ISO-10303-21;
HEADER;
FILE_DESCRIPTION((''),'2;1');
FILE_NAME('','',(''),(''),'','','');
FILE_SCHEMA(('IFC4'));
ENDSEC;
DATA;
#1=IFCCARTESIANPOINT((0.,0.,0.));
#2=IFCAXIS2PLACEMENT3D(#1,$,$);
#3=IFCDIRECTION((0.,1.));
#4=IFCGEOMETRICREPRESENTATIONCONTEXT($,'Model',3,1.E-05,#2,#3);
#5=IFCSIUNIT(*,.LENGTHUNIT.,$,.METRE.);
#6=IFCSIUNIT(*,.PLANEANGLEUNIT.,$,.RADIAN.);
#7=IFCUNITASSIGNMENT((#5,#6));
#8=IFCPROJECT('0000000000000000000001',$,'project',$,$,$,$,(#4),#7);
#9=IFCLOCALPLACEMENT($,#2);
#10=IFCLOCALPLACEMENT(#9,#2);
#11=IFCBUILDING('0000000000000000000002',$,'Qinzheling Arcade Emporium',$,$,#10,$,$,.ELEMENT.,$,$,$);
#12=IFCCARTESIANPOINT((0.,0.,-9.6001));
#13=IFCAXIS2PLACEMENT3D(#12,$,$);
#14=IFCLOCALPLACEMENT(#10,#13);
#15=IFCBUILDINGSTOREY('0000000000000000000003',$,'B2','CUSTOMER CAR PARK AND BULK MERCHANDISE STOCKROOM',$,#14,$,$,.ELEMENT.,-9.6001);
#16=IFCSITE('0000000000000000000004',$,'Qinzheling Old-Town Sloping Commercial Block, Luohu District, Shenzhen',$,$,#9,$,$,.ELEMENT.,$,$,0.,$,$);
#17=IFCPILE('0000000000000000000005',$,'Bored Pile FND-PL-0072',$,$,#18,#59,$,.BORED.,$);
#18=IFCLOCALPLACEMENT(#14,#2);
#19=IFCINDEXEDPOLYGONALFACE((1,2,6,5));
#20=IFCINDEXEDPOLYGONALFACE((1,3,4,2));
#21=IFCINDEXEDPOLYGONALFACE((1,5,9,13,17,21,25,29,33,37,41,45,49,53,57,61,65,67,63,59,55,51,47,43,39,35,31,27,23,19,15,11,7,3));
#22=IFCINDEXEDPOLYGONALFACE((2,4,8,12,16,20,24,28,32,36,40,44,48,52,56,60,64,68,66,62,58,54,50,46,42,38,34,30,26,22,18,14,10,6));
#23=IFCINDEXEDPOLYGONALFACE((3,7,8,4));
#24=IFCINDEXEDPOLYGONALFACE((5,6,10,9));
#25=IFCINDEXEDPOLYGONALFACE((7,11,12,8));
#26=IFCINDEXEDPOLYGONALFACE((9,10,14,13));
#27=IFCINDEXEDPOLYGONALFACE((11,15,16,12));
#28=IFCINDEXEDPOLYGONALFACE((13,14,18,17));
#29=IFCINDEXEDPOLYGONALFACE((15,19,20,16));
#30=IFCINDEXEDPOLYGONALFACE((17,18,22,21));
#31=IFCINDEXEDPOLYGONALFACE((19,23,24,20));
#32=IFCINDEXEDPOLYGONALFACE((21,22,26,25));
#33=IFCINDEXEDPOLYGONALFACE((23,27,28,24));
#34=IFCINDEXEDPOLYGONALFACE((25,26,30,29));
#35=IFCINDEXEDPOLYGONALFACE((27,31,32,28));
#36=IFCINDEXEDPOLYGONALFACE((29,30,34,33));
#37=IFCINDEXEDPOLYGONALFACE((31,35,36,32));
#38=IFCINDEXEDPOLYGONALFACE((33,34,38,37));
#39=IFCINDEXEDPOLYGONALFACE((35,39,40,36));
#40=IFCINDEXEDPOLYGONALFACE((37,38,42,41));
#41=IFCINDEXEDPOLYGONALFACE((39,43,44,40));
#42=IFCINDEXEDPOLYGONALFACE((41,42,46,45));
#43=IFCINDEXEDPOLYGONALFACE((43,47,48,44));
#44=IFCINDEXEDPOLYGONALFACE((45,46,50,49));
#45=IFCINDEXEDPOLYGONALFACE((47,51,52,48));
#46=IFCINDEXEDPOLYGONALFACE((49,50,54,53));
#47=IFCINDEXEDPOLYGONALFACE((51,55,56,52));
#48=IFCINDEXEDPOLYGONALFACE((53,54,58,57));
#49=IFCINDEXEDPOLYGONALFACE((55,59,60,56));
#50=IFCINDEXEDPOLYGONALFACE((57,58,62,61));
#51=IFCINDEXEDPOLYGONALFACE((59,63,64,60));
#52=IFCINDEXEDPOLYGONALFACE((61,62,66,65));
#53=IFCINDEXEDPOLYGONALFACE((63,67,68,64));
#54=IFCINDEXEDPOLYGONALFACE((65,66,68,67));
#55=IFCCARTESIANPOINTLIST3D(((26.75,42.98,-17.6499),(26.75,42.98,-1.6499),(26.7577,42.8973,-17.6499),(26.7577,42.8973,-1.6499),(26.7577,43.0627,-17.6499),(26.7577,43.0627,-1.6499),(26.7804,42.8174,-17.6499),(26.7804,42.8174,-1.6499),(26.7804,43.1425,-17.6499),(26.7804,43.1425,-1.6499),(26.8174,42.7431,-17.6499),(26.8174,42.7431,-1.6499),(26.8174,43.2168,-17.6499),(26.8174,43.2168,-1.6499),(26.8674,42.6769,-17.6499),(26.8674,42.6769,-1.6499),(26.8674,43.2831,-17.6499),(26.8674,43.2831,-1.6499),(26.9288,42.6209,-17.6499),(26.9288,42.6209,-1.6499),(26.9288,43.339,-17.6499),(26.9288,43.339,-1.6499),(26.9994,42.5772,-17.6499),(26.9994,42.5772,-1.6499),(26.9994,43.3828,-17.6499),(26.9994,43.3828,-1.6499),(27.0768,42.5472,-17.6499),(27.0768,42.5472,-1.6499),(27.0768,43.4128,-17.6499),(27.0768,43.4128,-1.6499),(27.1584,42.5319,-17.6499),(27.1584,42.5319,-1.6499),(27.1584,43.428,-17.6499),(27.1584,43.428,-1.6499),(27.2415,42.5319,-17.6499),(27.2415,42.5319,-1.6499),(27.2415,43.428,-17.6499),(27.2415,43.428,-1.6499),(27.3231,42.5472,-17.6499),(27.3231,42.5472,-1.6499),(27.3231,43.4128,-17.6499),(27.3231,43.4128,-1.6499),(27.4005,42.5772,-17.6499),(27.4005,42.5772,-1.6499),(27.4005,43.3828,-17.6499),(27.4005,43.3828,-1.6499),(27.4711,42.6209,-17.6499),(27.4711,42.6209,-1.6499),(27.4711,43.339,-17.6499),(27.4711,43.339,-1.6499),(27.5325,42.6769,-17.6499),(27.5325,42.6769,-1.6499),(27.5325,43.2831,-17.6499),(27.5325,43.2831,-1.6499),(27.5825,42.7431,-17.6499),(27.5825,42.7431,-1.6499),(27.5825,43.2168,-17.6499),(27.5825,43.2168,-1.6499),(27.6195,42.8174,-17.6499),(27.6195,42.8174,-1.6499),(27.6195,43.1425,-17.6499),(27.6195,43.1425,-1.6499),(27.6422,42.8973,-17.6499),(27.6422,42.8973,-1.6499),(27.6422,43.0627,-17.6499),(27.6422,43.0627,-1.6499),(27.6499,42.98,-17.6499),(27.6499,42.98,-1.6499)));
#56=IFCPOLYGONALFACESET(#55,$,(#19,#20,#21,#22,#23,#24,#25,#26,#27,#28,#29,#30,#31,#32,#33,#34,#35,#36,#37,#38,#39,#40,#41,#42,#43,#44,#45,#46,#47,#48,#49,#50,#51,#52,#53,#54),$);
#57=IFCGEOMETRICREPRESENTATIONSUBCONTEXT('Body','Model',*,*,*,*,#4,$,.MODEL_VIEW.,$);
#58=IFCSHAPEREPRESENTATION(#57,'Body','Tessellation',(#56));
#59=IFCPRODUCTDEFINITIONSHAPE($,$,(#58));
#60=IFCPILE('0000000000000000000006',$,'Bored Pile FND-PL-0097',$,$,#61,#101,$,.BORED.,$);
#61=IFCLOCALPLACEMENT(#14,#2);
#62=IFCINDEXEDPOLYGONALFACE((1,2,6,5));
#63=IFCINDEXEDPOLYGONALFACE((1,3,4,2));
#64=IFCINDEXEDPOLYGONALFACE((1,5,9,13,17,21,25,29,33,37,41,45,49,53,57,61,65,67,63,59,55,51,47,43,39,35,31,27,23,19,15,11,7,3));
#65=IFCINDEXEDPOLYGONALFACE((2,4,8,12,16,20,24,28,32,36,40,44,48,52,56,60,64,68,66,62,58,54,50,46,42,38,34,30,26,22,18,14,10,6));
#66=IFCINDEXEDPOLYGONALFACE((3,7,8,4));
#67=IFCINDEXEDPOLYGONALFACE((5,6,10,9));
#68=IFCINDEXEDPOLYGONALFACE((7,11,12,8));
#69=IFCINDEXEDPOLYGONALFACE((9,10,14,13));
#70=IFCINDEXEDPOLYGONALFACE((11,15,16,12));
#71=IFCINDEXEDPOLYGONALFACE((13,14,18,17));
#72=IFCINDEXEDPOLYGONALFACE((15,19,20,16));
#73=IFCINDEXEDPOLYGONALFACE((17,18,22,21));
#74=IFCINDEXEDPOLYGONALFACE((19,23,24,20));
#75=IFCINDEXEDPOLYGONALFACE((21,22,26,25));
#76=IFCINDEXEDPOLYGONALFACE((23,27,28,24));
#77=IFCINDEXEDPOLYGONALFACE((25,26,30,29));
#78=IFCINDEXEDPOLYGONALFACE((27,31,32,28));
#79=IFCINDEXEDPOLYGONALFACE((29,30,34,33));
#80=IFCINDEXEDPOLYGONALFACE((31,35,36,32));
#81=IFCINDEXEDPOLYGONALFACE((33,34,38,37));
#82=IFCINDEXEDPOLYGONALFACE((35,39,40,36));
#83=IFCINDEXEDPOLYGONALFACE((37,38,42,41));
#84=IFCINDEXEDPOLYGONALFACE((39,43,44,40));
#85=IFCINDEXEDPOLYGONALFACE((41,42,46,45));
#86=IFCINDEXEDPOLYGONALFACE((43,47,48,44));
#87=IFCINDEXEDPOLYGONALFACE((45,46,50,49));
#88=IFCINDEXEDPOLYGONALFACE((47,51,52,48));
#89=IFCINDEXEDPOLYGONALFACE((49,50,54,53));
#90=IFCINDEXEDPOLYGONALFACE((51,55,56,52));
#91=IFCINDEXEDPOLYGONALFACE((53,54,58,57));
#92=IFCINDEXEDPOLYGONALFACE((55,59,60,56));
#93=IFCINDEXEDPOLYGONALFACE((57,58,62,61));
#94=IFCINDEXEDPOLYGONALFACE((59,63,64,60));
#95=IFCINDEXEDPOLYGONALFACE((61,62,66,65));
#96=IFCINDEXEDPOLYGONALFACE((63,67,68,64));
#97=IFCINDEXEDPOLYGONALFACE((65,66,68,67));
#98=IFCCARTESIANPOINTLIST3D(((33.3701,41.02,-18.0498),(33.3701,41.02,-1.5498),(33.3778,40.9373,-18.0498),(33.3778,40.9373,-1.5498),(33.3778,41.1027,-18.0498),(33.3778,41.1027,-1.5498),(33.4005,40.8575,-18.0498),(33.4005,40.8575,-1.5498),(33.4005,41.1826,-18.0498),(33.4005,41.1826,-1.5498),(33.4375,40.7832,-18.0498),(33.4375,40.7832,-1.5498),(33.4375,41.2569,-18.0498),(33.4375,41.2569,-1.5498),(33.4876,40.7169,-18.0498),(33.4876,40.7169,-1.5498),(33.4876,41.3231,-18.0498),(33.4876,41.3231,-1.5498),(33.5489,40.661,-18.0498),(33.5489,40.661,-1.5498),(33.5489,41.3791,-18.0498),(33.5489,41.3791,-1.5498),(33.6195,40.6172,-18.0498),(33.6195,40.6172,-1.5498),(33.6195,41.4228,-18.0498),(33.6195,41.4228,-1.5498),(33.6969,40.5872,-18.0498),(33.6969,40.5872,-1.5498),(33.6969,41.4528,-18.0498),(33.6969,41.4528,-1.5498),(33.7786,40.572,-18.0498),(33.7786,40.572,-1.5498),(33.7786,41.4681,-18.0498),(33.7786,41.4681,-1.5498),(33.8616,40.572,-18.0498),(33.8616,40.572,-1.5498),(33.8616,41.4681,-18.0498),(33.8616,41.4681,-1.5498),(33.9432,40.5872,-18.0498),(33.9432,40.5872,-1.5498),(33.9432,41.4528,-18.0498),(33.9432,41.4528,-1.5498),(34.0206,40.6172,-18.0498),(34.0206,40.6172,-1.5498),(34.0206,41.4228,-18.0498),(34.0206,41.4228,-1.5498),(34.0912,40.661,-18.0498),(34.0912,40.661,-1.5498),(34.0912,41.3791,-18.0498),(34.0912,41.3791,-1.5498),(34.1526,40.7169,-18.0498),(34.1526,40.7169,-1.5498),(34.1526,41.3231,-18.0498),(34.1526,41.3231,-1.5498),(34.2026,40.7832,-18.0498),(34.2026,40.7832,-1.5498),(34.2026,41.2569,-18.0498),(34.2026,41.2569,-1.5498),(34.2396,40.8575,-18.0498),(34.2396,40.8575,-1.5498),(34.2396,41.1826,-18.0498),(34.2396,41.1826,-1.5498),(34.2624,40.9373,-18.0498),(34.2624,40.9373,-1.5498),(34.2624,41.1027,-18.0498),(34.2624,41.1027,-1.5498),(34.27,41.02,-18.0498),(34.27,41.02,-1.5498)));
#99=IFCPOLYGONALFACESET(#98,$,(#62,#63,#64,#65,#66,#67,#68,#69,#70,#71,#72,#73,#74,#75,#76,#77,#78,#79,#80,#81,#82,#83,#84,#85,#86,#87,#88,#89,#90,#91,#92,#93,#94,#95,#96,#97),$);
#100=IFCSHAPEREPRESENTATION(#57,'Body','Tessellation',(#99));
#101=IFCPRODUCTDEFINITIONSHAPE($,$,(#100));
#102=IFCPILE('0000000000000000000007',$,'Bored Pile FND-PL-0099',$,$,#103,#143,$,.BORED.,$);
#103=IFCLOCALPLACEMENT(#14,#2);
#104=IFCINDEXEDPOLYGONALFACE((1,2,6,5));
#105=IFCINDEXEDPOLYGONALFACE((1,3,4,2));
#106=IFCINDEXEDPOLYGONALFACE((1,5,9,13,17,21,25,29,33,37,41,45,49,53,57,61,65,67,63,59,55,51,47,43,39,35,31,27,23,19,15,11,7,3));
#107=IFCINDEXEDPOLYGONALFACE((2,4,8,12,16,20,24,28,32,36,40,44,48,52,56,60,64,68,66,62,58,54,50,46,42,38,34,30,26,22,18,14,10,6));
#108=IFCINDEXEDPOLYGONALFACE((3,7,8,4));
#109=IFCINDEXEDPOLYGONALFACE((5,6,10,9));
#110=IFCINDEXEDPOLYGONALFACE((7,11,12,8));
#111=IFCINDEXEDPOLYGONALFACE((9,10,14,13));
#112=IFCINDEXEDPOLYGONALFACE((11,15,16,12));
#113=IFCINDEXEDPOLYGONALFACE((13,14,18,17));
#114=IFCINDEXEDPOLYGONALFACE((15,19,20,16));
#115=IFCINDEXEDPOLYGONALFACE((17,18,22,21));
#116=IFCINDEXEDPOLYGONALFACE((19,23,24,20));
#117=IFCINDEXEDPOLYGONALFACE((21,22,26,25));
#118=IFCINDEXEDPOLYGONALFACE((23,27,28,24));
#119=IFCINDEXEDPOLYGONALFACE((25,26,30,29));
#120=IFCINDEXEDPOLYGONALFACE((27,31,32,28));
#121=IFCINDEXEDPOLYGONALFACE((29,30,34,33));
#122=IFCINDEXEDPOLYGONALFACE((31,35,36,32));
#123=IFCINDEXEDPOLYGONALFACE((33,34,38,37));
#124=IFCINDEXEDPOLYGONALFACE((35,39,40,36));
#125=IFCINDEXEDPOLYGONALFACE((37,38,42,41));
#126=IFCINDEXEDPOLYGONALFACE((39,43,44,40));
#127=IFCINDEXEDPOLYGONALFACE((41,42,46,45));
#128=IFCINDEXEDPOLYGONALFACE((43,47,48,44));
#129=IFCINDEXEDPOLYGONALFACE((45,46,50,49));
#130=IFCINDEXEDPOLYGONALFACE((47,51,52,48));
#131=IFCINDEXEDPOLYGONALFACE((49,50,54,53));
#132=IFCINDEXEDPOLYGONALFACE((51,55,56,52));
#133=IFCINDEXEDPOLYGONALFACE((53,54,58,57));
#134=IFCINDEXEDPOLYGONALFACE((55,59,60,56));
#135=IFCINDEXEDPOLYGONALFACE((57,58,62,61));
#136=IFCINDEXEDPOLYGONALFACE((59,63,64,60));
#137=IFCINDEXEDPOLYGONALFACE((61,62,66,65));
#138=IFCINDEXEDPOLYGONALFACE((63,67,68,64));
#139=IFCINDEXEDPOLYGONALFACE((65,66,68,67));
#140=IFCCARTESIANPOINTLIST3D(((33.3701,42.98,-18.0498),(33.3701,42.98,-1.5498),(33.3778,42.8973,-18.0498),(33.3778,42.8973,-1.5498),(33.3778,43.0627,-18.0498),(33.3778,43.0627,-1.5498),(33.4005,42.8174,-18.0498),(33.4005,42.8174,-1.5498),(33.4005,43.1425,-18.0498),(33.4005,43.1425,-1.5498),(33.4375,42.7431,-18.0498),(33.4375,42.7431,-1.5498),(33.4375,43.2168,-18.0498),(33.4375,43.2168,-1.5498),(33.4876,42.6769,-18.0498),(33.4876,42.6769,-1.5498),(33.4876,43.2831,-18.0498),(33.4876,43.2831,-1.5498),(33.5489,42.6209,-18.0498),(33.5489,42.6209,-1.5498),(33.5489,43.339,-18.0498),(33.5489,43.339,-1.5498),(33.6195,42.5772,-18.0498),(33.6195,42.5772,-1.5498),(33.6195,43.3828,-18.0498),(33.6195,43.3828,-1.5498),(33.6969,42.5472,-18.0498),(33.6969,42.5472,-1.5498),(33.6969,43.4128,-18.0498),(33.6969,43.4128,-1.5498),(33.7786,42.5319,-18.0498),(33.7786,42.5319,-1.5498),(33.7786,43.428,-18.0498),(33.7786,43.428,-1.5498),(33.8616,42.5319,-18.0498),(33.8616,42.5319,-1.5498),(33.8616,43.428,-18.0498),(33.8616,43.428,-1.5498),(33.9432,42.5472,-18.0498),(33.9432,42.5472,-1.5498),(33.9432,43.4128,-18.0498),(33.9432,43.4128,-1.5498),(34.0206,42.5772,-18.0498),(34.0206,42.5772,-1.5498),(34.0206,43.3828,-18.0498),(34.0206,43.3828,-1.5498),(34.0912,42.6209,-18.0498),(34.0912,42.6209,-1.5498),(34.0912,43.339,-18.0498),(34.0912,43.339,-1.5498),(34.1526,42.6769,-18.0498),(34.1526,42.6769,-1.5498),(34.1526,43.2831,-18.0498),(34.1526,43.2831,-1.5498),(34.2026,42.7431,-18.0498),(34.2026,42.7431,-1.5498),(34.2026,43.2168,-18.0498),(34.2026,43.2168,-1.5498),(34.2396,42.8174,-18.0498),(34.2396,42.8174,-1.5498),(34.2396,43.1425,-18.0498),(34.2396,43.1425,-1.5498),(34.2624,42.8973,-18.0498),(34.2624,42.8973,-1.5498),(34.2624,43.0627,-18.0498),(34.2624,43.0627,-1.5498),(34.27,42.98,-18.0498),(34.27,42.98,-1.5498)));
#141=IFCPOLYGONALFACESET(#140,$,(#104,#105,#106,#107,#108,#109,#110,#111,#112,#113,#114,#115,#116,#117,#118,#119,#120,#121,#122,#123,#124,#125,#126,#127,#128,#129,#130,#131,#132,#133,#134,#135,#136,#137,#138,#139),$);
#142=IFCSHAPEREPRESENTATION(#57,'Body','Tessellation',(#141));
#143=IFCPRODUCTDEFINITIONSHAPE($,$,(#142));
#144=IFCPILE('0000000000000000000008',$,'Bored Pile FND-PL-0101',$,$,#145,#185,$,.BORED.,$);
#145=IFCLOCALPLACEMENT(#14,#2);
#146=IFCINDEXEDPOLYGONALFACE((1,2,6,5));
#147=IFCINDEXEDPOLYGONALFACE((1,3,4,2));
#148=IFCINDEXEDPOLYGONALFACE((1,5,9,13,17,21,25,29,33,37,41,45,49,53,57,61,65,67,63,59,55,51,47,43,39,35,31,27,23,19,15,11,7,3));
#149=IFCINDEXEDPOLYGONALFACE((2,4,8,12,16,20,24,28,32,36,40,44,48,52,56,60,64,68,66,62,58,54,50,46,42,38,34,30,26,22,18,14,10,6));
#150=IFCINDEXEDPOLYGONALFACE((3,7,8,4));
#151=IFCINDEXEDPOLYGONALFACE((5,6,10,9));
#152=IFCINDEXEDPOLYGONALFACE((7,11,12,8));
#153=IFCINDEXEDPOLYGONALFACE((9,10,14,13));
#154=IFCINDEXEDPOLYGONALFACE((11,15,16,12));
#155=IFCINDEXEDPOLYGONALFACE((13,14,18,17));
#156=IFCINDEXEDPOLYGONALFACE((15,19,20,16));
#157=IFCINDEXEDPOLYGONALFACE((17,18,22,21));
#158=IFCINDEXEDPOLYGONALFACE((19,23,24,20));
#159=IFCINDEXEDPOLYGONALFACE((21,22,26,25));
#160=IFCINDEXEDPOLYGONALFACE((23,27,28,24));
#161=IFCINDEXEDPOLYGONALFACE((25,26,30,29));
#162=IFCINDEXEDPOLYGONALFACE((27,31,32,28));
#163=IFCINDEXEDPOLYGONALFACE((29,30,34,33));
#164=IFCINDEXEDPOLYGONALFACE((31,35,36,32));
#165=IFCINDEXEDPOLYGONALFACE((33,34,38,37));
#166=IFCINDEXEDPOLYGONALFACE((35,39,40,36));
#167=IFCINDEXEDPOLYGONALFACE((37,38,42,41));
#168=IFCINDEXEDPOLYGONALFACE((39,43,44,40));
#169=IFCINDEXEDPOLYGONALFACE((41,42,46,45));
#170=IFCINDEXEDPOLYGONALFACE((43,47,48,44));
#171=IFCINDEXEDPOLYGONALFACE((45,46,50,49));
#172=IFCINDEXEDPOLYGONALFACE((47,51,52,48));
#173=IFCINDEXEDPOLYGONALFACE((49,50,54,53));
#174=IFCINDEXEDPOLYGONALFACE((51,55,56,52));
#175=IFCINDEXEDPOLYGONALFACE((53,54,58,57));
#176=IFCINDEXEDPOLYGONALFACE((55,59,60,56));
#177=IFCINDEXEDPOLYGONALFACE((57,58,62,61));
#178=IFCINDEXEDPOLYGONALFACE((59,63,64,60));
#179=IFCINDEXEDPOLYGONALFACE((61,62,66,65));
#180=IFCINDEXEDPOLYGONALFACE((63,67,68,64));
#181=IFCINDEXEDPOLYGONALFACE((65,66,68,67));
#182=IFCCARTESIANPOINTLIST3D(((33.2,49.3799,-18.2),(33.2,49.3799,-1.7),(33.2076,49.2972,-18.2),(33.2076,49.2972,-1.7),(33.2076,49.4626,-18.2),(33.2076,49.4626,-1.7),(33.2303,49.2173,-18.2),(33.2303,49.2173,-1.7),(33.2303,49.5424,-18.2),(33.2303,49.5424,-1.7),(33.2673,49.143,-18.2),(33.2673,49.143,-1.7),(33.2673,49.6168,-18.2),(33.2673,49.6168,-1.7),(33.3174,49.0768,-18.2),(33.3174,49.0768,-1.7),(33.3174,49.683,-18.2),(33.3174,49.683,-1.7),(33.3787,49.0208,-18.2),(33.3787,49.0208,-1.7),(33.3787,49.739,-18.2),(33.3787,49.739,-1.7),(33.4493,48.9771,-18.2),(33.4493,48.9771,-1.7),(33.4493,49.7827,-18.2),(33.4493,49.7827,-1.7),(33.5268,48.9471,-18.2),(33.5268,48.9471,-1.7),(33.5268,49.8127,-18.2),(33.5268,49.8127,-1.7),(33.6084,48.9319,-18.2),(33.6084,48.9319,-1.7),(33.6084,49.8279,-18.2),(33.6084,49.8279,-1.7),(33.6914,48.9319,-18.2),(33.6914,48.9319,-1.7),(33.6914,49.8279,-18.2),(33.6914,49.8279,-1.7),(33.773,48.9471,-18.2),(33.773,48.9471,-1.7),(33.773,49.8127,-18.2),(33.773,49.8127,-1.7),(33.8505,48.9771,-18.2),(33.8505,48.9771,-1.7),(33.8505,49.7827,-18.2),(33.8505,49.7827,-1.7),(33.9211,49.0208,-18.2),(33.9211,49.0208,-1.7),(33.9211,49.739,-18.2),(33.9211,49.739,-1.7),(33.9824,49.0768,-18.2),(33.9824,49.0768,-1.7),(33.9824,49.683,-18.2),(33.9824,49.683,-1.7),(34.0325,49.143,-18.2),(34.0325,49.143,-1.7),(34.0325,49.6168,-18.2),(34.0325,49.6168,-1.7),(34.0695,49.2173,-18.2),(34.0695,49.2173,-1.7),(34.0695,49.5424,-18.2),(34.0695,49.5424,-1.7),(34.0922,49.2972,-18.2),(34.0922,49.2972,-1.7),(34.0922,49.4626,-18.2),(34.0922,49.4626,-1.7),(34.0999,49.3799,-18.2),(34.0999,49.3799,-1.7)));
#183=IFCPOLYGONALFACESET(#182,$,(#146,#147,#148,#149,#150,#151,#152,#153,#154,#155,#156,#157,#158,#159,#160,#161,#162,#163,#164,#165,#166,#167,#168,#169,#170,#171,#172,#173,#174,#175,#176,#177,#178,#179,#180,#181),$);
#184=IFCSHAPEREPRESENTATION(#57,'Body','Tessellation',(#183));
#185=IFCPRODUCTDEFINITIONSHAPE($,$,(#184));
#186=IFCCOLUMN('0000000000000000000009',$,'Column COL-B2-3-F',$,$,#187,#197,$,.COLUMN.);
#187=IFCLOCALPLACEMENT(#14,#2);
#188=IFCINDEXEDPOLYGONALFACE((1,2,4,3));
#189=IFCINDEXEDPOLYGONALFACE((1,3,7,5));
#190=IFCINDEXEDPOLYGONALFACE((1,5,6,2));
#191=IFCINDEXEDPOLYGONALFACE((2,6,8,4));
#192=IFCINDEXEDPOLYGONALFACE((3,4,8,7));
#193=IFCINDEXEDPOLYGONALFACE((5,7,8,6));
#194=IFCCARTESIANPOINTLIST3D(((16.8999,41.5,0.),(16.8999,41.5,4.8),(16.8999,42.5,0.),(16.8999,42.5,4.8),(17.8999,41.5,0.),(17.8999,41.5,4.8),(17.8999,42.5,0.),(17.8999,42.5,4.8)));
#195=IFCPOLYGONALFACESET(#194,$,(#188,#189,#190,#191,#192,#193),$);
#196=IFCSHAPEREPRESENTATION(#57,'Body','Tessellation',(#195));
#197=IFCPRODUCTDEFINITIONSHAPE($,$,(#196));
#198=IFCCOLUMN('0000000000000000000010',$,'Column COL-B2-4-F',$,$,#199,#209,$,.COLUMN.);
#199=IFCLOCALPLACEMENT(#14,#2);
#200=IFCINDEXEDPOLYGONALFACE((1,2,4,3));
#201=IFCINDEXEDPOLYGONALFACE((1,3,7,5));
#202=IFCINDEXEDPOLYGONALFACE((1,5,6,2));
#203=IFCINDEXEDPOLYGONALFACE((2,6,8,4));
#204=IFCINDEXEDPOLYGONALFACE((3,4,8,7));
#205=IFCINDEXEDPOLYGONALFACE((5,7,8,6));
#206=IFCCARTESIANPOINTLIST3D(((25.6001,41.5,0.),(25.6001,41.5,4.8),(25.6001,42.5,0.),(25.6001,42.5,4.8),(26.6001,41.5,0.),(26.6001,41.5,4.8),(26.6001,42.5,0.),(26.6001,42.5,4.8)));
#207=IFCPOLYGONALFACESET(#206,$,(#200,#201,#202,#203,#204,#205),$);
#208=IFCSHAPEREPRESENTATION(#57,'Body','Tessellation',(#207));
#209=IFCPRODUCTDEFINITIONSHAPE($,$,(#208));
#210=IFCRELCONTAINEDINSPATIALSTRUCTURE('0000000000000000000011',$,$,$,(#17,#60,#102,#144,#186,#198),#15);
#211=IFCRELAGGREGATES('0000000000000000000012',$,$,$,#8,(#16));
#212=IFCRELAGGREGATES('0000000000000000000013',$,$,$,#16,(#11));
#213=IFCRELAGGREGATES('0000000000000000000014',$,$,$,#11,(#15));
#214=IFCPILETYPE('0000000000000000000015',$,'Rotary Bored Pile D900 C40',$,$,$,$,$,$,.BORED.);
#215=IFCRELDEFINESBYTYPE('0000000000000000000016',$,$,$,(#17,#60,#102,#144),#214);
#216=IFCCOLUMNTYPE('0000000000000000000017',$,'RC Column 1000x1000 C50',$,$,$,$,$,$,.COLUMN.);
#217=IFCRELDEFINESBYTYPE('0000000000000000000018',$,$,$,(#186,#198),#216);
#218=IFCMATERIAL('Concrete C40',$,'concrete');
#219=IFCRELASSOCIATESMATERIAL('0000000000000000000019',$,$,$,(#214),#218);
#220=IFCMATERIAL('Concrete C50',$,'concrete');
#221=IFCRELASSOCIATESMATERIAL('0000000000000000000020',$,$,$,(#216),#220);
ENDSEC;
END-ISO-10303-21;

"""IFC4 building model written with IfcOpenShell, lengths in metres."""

from ifc_helpers import new_model, si_unit, direction, frame, origin, origin_2d, place, context, subcontext, project, spatial, rectangle, circle, extrude, material, material_profile, profile_set, type_object, element, save


model = new_model("IFC4")

# Units and contexts
model_context = context("Model", 3, precision=1e-05, world=origin(), true_north=direction((0.0, 1.0)))
body_context = subcontext(model_context, "Body", "Model", "MODEL_VIEW")
ifc_project = project(units=[si_unit("LENGTHUNIT", "METRE"), si_unit("PLANEANGLEUNIT", "RADIAN")], contexts=[model_context])

# Site, building, storey
site_placement = place(None, origin())
site = spatial("IfcSite", under=ifc_project, at=site_placement, Name="Qinzheling Old-Town Sloping Commercial Block, Luohu District, Shenzhen", CompositionType="ELEMENT", RefElevation=0.0)
building_placement = place(site_placement, origin())
building = spatial("IfcBuilding", under=site, at=building_placement, Name="Qinzheling Arcade Emporium", CompositionType="ELEMENT")
storey_placement = place(building_placement, frame((0.0, 0.0, -9.6001)))
storey = spatial("IfcBuildingStorey", under=building, at=storey_placement, Name="B2", Description="CUSTOMER CAR PARK AND BULK MERCHANDISE STOCKROOM", CompositionType="ELEMENT", Elevation=-9.6001)

# Shared definitions
ifc_material_1 = material(Name="Concrete C40", Category="concrete")

# Piles
ifc_material_profile_1 = material_profile(ifc_material_1, circle(Radius=0.45, at=origin_2d()), Name="BORED D900", Category="concrete")
ifc_profile_set_1 = profile_set([ifc_material_profile_1], Name="Concrete C40")
pile_type_1 = type_object("IfcPileType", Name="Rotary Bored Pile D900 C40", PredefinedType="BORED", material=ifc_profile_set_1)
for number, where, z_axis, x_axis, name in (
    (1, (27.2, 42.98, -1.6499), (0.0, 0.0, -1.0), (1.0, 0.0, 0.0), "Bored Pile FND-PL-0072"),
):
    element("IfcPile", number, at=place(storey_placement, frame(where, z_axis=z_axis, x_axis=x_axis)), inside=storey, type_object=pile_type_1, Name=name, PredefinedType="BORED", context=body_context, shape_type="SweptSolid", body=[
        extrude(circle(Radius=0.45, at=origin_2d()), origin(), (0.0, 0.0, 1.0), 16.0),
    ])
for number, where, z_axis, x_axis, name in (
    (2, (33.8201, 41.02, -1.5498), (0.0, 0.0, -1.0), (1.0, 0.0, 0.0), "Bored Pile FND-PL-0097"),
    (3, (33.8201, 42.98, -1.5498), (0.0, 0.0, -1.0), (1.0, 0.0, 0.0), "Bored Pile FND-PL-0099"),
    (4, (33.6499, 49.3799, -1.7), (0.0, 0.0, -1.0), (1.0, 0.0, 0.0), "Bored Pile FND-PL-0101"),
):
    element("IfcPile", number, at=place(storey_placement, frame(where, z_axis=z_axis, x_axis=x_axis)), inside=storey, type_object=pile_type_1, Name=name, PredefinedType="BORED", context=body_context, shape_type="SweptSolid", body=[
        extrude(circle(Radius=0.45, at=origin_2d()), origin(), (0.0, 0.0, 1.0), 16.5),
    ])

# Columns
ifc_material_2 = material(Name="Concrete C50", Category="concrete")
ifc_material_profile_2 = material_profile(ifc_material_2, rectangle(XDim=1.0, YDim=1.0, at=origin_2d()), Name="RC 1000x1000", Category="concrete")
ifc_profile_set_2 = profile_set([ifc_material_profile_2], Name="Concrete C50")
column_type = type_object("IfcColumnType", Name="RC Column 1000x1000 C50", PredefinedType="COLUMN", material=ifc_profile_set_2)
for number, where, z_axis, x_axis, name in (
    (5, (17.3999, 42.0, 0.0), (0.0, 0.0, 1.0), (1.0, 0.0, 0.0), "Column COL-B2-3-F"),
    (6, (26.1001, 42.0, 0.0), (0.0, 0.0, 1.0), (1.0, 0.0, 0.0), "Column COL-B2-4-F"),
):
    element("IfcColumn", number, at=place(storey_placement, frame(where, z_axis=z_axis, x_axis=x_axis)), inside=storey, type_object=column_type, Name=name, PredefinedType="COLUMN", context=body_context, shape_type="SweptSolid", body=[
        extrude(rectangle(XDim=1.0, YDim=1.0, at=origin_2d()), origin(), (0.0, 0.0, 1.0), 4.8),
    ])

save(model, "model.ifc")
